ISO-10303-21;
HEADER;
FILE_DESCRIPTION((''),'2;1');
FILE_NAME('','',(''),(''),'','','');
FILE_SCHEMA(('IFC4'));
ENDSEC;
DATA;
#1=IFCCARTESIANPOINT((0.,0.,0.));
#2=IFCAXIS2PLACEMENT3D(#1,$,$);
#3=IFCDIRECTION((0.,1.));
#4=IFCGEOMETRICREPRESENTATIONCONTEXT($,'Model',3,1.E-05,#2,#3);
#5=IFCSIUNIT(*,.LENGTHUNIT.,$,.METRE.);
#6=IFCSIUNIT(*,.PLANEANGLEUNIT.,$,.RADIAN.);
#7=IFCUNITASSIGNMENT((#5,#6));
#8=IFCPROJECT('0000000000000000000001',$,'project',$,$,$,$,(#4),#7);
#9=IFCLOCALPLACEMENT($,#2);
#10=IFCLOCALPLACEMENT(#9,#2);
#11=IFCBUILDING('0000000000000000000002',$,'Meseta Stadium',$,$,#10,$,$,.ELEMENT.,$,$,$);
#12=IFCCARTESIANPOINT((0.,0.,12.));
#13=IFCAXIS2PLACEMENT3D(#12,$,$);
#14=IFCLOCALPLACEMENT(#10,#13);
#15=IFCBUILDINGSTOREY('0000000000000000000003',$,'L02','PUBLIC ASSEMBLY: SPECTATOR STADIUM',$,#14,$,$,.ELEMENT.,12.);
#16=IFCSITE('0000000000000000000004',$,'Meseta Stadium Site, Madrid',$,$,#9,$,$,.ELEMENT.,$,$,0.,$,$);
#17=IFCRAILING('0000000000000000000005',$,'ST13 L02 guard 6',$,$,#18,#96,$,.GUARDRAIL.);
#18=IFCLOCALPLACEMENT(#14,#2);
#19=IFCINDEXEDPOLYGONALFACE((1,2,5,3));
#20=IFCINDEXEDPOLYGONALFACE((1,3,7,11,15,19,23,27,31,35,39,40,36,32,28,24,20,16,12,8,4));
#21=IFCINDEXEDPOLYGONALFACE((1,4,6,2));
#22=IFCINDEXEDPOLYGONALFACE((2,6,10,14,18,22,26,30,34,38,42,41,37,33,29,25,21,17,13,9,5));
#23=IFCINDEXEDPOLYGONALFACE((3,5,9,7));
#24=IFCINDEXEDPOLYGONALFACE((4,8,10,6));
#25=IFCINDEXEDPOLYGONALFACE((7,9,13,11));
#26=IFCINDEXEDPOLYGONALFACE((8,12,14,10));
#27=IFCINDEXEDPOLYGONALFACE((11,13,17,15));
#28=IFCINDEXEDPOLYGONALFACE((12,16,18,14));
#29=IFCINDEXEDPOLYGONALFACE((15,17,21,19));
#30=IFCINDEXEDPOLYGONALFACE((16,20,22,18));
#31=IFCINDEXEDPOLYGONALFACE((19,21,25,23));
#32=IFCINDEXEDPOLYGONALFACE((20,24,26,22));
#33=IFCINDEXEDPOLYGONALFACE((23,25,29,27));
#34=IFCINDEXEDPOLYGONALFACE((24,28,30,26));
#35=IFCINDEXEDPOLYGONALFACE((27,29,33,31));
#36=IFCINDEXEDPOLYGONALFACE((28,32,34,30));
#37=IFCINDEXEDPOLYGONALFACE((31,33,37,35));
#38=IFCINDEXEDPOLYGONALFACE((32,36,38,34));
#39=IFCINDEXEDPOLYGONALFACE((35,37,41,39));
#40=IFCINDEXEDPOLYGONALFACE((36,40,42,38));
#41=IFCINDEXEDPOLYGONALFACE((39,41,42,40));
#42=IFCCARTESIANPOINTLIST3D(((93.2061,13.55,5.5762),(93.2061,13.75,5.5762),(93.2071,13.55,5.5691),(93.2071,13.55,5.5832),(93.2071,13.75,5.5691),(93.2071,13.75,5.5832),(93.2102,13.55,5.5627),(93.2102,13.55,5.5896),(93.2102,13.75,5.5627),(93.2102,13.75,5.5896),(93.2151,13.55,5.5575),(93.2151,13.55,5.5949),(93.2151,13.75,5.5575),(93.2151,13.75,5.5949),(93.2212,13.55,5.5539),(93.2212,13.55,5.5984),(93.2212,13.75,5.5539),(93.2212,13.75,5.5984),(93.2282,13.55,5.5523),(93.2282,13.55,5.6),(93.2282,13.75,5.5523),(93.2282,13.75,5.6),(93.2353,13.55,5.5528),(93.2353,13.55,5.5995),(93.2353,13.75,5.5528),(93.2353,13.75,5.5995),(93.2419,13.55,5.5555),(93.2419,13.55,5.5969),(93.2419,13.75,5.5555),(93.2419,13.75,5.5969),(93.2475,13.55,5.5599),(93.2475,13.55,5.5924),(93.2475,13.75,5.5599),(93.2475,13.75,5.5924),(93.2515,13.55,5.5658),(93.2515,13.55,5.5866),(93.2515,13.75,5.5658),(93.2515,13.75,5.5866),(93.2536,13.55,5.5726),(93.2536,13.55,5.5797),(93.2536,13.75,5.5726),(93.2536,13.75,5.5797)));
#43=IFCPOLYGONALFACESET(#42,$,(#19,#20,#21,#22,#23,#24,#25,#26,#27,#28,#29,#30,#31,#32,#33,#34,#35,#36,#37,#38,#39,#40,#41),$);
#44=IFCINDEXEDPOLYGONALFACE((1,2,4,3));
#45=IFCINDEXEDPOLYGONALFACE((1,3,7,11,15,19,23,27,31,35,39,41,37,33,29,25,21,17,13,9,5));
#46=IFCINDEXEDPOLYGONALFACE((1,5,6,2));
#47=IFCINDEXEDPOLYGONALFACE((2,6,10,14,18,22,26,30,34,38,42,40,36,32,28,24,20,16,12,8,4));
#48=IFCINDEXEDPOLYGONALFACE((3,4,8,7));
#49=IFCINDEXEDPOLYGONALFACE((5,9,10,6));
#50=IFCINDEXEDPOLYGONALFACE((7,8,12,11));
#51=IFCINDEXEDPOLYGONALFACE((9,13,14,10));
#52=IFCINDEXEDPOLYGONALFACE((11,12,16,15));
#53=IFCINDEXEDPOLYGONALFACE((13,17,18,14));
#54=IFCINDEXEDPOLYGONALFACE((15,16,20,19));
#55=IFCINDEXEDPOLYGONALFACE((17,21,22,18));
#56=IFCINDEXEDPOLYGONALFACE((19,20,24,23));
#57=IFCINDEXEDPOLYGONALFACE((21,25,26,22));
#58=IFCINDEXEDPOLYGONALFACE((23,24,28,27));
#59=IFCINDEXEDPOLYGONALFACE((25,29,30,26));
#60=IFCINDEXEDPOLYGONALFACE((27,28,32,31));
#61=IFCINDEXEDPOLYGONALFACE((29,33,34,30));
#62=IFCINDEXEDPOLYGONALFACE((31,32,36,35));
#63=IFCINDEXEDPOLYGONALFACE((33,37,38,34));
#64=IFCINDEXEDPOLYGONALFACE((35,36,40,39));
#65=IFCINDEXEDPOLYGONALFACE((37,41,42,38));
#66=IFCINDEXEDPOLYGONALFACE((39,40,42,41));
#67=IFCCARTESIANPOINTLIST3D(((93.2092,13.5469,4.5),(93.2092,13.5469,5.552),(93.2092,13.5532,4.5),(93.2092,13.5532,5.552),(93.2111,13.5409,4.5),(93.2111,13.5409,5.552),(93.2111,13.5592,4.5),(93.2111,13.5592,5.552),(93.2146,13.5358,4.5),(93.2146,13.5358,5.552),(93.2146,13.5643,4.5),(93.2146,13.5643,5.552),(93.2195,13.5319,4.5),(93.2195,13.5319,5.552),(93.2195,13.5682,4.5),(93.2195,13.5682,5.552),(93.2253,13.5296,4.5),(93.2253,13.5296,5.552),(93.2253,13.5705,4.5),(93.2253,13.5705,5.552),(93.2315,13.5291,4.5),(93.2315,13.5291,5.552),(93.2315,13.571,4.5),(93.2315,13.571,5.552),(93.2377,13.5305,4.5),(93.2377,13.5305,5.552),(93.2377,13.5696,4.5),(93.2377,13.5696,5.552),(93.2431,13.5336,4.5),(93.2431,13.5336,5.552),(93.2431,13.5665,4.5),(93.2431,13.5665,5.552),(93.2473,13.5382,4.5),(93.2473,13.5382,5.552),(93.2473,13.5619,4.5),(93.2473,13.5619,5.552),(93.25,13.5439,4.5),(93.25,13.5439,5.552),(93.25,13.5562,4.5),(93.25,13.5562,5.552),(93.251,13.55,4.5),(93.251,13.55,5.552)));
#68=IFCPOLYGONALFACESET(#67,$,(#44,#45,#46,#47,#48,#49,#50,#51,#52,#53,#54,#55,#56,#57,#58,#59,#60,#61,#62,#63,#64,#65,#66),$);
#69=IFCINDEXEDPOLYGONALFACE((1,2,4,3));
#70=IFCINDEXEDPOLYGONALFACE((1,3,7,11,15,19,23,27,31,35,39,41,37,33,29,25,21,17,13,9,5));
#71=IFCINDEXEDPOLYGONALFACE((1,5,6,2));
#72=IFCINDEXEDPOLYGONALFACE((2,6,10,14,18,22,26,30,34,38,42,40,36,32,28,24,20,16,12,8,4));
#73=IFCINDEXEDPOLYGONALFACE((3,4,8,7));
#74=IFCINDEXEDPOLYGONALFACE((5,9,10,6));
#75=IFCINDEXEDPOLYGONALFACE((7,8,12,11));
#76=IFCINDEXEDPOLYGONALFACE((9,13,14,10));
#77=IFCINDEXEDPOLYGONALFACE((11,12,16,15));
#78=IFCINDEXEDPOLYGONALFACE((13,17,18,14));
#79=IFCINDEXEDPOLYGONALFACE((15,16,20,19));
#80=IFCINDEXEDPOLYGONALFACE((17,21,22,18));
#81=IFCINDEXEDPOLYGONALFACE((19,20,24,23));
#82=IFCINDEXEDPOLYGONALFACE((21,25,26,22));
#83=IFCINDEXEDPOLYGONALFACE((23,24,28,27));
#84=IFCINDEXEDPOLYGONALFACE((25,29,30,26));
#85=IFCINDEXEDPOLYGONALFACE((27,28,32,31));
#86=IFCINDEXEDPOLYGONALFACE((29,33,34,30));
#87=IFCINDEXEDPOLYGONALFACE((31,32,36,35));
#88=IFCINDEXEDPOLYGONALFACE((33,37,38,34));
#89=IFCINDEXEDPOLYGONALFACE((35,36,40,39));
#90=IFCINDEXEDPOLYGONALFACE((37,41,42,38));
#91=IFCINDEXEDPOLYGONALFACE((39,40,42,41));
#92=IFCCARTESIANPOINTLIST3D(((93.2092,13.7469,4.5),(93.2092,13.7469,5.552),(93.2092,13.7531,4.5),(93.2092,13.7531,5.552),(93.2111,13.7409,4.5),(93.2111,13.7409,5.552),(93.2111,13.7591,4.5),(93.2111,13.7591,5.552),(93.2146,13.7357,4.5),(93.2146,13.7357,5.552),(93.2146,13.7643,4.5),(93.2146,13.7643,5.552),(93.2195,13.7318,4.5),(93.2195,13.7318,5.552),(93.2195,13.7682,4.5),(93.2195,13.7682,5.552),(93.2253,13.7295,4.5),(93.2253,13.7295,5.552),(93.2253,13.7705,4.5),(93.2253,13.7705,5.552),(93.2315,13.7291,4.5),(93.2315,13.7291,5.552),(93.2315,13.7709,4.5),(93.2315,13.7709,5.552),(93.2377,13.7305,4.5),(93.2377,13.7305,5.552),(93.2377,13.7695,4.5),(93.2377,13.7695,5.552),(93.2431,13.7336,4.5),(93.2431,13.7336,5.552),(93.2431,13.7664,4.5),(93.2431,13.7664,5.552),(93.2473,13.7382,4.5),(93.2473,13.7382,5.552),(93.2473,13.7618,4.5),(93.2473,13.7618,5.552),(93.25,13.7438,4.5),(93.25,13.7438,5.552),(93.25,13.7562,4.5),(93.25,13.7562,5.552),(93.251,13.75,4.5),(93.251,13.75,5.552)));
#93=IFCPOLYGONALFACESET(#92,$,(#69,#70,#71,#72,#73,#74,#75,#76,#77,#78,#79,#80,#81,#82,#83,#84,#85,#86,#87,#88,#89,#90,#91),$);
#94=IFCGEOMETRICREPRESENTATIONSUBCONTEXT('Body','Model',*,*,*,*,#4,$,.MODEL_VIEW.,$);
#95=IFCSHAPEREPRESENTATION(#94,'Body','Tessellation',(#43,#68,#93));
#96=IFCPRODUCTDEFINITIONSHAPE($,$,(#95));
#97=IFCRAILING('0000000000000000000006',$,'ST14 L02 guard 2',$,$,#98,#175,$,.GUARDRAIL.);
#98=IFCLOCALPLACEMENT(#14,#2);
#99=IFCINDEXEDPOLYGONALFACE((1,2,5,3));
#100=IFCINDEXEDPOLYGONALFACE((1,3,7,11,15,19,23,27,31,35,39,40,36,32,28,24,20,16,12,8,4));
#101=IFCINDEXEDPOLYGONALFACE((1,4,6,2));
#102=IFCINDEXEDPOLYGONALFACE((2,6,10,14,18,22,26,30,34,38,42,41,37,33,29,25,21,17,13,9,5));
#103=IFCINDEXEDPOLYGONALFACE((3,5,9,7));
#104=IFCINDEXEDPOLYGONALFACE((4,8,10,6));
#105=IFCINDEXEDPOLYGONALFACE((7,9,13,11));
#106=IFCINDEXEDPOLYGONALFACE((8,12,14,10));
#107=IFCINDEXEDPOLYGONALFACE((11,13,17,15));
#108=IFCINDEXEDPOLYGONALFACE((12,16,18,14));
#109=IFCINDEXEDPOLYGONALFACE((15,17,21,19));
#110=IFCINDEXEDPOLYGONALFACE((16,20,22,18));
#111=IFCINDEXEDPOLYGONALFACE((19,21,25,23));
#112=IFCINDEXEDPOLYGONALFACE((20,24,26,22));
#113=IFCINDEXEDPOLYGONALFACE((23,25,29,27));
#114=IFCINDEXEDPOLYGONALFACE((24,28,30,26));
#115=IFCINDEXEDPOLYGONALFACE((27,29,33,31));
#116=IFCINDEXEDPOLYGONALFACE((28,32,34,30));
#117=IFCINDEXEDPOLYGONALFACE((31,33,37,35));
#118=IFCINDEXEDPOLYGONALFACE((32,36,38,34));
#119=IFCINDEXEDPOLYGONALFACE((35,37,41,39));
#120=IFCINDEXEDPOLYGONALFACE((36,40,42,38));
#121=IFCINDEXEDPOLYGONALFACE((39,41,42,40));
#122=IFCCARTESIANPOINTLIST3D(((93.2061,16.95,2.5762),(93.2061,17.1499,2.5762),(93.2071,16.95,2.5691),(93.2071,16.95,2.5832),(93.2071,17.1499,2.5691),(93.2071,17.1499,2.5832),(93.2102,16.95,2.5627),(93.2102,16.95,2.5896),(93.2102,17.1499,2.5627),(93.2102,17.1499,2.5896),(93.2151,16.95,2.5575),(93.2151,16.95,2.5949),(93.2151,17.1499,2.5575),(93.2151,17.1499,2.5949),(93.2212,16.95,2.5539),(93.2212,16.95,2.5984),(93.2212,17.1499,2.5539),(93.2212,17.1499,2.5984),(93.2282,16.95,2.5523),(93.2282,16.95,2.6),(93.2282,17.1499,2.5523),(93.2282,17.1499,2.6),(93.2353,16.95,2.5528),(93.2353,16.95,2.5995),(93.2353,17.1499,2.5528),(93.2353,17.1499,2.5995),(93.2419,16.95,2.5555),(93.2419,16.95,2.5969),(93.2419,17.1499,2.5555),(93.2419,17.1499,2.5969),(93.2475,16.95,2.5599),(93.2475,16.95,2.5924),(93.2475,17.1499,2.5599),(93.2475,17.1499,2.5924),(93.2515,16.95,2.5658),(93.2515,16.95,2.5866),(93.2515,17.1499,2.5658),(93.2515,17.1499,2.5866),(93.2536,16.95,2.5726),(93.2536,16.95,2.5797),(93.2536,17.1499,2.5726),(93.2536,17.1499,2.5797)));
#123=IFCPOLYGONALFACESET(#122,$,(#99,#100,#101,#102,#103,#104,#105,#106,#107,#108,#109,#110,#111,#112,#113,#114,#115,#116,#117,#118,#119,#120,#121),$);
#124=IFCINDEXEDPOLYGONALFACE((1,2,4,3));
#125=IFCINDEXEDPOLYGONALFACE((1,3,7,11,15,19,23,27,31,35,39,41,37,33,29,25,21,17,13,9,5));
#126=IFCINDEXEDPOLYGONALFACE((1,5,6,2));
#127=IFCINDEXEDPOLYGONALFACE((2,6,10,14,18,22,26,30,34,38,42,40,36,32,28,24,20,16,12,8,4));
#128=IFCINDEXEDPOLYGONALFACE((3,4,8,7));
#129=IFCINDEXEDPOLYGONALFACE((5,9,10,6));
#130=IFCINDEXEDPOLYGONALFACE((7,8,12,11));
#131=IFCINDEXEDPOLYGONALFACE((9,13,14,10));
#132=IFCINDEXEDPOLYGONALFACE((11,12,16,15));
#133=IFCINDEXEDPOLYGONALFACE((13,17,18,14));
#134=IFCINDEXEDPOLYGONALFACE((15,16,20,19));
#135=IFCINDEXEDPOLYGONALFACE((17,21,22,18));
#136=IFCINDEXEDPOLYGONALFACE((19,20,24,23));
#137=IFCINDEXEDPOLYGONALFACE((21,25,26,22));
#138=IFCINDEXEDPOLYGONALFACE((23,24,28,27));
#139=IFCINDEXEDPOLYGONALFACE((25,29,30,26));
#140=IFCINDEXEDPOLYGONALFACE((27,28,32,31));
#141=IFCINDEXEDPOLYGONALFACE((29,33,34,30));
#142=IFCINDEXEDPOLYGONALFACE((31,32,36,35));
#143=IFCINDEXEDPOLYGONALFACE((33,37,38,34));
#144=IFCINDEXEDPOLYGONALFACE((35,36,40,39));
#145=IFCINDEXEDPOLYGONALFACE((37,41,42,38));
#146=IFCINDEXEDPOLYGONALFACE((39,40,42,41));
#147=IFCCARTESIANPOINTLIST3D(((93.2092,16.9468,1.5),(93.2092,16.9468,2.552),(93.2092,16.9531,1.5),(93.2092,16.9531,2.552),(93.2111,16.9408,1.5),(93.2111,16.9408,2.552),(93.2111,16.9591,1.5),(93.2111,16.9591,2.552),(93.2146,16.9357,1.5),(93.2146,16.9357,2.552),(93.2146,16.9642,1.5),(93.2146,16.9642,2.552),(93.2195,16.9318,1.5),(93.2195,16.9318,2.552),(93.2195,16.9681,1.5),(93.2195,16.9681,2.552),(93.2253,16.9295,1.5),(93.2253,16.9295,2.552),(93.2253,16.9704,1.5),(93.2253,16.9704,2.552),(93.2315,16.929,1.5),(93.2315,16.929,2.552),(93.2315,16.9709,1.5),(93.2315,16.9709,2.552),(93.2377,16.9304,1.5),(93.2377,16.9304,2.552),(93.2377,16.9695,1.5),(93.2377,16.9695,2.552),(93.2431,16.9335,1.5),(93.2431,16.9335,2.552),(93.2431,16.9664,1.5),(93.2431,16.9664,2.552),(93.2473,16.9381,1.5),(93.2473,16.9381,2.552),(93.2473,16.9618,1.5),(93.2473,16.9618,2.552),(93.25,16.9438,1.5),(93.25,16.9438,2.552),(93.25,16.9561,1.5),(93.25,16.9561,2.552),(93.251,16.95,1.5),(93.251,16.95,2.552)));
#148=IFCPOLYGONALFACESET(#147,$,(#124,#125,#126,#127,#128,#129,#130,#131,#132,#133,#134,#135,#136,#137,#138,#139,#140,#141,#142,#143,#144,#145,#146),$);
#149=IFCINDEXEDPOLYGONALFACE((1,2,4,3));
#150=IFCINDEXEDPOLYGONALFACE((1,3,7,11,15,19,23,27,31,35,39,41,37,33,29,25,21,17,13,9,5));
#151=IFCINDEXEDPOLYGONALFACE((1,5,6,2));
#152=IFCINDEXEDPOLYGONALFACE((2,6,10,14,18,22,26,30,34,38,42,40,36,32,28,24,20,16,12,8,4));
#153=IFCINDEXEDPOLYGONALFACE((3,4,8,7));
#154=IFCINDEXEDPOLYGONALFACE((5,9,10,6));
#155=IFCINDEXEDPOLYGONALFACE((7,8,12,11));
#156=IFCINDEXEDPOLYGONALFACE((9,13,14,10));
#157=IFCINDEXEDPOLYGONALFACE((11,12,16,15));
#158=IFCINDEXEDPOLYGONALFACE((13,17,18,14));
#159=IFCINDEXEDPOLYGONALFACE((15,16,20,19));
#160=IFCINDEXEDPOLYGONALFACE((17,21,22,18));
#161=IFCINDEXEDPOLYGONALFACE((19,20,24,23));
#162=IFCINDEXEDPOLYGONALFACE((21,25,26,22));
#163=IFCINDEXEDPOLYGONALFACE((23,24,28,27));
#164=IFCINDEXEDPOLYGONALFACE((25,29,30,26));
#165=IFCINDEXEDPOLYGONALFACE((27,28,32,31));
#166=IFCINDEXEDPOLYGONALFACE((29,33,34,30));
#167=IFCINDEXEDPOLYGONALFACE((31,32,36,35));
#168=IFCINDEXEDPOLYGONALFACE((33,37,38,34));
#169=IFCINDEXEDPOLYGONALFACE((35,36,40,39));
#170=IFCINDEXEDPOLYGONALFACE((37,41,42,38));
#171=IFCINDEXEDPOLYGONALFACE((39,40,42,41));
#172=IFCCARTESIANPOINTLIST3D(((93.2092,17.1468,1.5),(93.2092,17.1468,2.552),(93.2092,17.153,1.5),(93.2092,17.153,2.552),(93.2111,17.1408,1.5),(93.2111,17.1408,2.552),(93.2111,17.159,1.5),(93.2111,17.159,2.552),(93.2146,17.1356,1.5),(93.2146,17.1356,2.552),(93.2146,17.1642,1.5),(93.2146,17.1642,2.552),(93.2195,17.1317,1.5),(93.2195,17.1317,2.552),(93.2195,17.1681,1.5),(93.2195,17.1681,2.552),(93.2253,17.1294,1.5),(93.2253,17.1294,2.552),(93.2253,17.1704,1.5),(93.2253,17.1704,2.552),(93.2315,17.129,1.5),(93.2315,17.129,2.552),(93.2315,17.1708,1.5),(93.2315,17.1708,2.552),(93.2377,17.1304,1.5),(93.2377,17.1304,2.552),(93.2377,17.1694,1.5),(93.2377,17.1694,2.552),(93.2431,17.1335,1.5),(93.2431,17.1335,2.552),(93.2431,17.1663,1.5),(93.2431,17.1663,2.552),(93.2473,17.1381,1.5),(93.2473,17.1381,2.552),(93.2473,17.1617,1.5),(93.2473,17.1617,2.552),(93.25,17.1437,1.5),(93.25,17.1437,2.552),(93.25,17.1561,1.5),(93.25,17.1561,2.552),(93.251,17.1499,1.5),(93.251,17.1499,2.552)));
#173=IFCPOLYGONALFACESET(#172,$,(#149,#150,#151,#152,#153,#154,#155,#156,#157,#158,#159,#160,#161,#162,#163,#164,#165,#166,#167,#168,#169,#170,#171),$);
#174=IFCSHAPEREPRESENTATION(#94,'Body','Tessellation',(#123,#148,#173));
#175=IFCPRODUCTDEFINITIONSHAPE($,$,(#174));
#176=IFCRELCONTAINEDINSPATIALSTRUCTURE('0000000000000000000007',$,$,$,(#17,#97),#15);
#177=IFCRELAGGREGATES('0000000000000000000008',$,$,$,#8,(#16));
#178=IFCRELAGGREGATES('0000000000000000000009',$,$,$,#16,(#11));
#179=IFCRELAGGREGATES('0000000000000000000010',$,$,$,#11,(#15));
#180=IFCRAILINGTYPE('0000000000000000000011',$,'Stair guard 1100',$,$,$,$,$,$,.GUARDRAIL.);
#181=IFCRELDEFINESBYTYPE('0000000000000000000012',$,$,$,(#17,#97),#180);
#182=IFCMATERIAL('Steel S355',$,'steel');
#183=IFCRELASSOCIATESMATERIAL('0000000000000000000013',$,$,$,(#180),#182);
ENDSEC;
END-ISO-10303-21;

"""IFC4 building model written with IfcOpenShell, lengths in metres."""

from ifc_helpers import new_model, si_unit, direction, frame, origin, origin_2d, place, context, subcontext, project, spatial, circle, extrude, material, type_object, element, save


model = new_model("IFC4")

# Units and contexts
model_context = context("Model", 3, precision=1e-05, world=origin(), true_north=direction((0.0, 1.0)))
body_context = subcontext(model_context, "Body", "Model", "MODEL_VIEW")
ifc_project = project(units=[si_unit("LENGTHUNIT", "METRE"), si_unit("PLANEANGLEUNIT", "RADIAN")], contexts=[model_context])

# Site, building, storey
site_placement = place(None, origin())
site = spatial("IfcSite", under=ifc_project, at=site_placement, Name="Meseta Stadium Site, Madrid", CompositionType="ELEMENT", RefElevation=0.0)
building_placement = place(site_placement, origin())
building = spatial("IfcBuilding", under=site, at=building_placement, Name="Meseta Stadium", CompositionType="ELEMENT")
storey_placement = place(building_placement, frame((0.0, 0.0, 12.0)))
storey = spatial("IfcBuildingStorey", under=building, at=storey_placement, Name="L02", Description="PUBLIC ASSEMBLY: SPECTATOR STADIUM", CompositionType="ELEMENT", Elevation=12.0)

# Railings
ifc_material_1 = material(Name="Steel S355", Category="steel")
railing_type_1 = type_object("IfcRailingType", Name="Stair guard 1100", PredefinedType="GUARDRAIL", material=ifc_material_1)
for number, where, name in (
    (1, (93.23, 13.55, 4.5), "ST13 L02 guard 6"),
    (2, (93.23, 16.95, 1.5), "ST14 L02 guard 2"),
):
    element("IfcRailing", number, at=place(storey_placement, frame(where)), inside=storey, type_object=railing_type_1, Name=name, PredefinedType="GUARDRAIL", context=body_context, shape_type="SweptSolid", body=[
        extrude(circle(Radius=0.0239, at=origin_2d()), frame((0.0, 0.0, 1.0762), z_axis=(0.0, 1.0, 0.0), x_axis=(-1.0, 0.0, 0.0)), (0.0, 0.0, 1.0), 0.2),
        extrude(circle(Radius=0.021, at=origin_2d()), origin(), (0.0, 0.0, 1.0), 1.052),
        extrude(circle(Radius=0.021, at=origin_2d()), frame((0.0, 0.2, 0.0)), (0.0, 0.0, 1.0), 1.052),
    ])

save(model, "model.ifc")
